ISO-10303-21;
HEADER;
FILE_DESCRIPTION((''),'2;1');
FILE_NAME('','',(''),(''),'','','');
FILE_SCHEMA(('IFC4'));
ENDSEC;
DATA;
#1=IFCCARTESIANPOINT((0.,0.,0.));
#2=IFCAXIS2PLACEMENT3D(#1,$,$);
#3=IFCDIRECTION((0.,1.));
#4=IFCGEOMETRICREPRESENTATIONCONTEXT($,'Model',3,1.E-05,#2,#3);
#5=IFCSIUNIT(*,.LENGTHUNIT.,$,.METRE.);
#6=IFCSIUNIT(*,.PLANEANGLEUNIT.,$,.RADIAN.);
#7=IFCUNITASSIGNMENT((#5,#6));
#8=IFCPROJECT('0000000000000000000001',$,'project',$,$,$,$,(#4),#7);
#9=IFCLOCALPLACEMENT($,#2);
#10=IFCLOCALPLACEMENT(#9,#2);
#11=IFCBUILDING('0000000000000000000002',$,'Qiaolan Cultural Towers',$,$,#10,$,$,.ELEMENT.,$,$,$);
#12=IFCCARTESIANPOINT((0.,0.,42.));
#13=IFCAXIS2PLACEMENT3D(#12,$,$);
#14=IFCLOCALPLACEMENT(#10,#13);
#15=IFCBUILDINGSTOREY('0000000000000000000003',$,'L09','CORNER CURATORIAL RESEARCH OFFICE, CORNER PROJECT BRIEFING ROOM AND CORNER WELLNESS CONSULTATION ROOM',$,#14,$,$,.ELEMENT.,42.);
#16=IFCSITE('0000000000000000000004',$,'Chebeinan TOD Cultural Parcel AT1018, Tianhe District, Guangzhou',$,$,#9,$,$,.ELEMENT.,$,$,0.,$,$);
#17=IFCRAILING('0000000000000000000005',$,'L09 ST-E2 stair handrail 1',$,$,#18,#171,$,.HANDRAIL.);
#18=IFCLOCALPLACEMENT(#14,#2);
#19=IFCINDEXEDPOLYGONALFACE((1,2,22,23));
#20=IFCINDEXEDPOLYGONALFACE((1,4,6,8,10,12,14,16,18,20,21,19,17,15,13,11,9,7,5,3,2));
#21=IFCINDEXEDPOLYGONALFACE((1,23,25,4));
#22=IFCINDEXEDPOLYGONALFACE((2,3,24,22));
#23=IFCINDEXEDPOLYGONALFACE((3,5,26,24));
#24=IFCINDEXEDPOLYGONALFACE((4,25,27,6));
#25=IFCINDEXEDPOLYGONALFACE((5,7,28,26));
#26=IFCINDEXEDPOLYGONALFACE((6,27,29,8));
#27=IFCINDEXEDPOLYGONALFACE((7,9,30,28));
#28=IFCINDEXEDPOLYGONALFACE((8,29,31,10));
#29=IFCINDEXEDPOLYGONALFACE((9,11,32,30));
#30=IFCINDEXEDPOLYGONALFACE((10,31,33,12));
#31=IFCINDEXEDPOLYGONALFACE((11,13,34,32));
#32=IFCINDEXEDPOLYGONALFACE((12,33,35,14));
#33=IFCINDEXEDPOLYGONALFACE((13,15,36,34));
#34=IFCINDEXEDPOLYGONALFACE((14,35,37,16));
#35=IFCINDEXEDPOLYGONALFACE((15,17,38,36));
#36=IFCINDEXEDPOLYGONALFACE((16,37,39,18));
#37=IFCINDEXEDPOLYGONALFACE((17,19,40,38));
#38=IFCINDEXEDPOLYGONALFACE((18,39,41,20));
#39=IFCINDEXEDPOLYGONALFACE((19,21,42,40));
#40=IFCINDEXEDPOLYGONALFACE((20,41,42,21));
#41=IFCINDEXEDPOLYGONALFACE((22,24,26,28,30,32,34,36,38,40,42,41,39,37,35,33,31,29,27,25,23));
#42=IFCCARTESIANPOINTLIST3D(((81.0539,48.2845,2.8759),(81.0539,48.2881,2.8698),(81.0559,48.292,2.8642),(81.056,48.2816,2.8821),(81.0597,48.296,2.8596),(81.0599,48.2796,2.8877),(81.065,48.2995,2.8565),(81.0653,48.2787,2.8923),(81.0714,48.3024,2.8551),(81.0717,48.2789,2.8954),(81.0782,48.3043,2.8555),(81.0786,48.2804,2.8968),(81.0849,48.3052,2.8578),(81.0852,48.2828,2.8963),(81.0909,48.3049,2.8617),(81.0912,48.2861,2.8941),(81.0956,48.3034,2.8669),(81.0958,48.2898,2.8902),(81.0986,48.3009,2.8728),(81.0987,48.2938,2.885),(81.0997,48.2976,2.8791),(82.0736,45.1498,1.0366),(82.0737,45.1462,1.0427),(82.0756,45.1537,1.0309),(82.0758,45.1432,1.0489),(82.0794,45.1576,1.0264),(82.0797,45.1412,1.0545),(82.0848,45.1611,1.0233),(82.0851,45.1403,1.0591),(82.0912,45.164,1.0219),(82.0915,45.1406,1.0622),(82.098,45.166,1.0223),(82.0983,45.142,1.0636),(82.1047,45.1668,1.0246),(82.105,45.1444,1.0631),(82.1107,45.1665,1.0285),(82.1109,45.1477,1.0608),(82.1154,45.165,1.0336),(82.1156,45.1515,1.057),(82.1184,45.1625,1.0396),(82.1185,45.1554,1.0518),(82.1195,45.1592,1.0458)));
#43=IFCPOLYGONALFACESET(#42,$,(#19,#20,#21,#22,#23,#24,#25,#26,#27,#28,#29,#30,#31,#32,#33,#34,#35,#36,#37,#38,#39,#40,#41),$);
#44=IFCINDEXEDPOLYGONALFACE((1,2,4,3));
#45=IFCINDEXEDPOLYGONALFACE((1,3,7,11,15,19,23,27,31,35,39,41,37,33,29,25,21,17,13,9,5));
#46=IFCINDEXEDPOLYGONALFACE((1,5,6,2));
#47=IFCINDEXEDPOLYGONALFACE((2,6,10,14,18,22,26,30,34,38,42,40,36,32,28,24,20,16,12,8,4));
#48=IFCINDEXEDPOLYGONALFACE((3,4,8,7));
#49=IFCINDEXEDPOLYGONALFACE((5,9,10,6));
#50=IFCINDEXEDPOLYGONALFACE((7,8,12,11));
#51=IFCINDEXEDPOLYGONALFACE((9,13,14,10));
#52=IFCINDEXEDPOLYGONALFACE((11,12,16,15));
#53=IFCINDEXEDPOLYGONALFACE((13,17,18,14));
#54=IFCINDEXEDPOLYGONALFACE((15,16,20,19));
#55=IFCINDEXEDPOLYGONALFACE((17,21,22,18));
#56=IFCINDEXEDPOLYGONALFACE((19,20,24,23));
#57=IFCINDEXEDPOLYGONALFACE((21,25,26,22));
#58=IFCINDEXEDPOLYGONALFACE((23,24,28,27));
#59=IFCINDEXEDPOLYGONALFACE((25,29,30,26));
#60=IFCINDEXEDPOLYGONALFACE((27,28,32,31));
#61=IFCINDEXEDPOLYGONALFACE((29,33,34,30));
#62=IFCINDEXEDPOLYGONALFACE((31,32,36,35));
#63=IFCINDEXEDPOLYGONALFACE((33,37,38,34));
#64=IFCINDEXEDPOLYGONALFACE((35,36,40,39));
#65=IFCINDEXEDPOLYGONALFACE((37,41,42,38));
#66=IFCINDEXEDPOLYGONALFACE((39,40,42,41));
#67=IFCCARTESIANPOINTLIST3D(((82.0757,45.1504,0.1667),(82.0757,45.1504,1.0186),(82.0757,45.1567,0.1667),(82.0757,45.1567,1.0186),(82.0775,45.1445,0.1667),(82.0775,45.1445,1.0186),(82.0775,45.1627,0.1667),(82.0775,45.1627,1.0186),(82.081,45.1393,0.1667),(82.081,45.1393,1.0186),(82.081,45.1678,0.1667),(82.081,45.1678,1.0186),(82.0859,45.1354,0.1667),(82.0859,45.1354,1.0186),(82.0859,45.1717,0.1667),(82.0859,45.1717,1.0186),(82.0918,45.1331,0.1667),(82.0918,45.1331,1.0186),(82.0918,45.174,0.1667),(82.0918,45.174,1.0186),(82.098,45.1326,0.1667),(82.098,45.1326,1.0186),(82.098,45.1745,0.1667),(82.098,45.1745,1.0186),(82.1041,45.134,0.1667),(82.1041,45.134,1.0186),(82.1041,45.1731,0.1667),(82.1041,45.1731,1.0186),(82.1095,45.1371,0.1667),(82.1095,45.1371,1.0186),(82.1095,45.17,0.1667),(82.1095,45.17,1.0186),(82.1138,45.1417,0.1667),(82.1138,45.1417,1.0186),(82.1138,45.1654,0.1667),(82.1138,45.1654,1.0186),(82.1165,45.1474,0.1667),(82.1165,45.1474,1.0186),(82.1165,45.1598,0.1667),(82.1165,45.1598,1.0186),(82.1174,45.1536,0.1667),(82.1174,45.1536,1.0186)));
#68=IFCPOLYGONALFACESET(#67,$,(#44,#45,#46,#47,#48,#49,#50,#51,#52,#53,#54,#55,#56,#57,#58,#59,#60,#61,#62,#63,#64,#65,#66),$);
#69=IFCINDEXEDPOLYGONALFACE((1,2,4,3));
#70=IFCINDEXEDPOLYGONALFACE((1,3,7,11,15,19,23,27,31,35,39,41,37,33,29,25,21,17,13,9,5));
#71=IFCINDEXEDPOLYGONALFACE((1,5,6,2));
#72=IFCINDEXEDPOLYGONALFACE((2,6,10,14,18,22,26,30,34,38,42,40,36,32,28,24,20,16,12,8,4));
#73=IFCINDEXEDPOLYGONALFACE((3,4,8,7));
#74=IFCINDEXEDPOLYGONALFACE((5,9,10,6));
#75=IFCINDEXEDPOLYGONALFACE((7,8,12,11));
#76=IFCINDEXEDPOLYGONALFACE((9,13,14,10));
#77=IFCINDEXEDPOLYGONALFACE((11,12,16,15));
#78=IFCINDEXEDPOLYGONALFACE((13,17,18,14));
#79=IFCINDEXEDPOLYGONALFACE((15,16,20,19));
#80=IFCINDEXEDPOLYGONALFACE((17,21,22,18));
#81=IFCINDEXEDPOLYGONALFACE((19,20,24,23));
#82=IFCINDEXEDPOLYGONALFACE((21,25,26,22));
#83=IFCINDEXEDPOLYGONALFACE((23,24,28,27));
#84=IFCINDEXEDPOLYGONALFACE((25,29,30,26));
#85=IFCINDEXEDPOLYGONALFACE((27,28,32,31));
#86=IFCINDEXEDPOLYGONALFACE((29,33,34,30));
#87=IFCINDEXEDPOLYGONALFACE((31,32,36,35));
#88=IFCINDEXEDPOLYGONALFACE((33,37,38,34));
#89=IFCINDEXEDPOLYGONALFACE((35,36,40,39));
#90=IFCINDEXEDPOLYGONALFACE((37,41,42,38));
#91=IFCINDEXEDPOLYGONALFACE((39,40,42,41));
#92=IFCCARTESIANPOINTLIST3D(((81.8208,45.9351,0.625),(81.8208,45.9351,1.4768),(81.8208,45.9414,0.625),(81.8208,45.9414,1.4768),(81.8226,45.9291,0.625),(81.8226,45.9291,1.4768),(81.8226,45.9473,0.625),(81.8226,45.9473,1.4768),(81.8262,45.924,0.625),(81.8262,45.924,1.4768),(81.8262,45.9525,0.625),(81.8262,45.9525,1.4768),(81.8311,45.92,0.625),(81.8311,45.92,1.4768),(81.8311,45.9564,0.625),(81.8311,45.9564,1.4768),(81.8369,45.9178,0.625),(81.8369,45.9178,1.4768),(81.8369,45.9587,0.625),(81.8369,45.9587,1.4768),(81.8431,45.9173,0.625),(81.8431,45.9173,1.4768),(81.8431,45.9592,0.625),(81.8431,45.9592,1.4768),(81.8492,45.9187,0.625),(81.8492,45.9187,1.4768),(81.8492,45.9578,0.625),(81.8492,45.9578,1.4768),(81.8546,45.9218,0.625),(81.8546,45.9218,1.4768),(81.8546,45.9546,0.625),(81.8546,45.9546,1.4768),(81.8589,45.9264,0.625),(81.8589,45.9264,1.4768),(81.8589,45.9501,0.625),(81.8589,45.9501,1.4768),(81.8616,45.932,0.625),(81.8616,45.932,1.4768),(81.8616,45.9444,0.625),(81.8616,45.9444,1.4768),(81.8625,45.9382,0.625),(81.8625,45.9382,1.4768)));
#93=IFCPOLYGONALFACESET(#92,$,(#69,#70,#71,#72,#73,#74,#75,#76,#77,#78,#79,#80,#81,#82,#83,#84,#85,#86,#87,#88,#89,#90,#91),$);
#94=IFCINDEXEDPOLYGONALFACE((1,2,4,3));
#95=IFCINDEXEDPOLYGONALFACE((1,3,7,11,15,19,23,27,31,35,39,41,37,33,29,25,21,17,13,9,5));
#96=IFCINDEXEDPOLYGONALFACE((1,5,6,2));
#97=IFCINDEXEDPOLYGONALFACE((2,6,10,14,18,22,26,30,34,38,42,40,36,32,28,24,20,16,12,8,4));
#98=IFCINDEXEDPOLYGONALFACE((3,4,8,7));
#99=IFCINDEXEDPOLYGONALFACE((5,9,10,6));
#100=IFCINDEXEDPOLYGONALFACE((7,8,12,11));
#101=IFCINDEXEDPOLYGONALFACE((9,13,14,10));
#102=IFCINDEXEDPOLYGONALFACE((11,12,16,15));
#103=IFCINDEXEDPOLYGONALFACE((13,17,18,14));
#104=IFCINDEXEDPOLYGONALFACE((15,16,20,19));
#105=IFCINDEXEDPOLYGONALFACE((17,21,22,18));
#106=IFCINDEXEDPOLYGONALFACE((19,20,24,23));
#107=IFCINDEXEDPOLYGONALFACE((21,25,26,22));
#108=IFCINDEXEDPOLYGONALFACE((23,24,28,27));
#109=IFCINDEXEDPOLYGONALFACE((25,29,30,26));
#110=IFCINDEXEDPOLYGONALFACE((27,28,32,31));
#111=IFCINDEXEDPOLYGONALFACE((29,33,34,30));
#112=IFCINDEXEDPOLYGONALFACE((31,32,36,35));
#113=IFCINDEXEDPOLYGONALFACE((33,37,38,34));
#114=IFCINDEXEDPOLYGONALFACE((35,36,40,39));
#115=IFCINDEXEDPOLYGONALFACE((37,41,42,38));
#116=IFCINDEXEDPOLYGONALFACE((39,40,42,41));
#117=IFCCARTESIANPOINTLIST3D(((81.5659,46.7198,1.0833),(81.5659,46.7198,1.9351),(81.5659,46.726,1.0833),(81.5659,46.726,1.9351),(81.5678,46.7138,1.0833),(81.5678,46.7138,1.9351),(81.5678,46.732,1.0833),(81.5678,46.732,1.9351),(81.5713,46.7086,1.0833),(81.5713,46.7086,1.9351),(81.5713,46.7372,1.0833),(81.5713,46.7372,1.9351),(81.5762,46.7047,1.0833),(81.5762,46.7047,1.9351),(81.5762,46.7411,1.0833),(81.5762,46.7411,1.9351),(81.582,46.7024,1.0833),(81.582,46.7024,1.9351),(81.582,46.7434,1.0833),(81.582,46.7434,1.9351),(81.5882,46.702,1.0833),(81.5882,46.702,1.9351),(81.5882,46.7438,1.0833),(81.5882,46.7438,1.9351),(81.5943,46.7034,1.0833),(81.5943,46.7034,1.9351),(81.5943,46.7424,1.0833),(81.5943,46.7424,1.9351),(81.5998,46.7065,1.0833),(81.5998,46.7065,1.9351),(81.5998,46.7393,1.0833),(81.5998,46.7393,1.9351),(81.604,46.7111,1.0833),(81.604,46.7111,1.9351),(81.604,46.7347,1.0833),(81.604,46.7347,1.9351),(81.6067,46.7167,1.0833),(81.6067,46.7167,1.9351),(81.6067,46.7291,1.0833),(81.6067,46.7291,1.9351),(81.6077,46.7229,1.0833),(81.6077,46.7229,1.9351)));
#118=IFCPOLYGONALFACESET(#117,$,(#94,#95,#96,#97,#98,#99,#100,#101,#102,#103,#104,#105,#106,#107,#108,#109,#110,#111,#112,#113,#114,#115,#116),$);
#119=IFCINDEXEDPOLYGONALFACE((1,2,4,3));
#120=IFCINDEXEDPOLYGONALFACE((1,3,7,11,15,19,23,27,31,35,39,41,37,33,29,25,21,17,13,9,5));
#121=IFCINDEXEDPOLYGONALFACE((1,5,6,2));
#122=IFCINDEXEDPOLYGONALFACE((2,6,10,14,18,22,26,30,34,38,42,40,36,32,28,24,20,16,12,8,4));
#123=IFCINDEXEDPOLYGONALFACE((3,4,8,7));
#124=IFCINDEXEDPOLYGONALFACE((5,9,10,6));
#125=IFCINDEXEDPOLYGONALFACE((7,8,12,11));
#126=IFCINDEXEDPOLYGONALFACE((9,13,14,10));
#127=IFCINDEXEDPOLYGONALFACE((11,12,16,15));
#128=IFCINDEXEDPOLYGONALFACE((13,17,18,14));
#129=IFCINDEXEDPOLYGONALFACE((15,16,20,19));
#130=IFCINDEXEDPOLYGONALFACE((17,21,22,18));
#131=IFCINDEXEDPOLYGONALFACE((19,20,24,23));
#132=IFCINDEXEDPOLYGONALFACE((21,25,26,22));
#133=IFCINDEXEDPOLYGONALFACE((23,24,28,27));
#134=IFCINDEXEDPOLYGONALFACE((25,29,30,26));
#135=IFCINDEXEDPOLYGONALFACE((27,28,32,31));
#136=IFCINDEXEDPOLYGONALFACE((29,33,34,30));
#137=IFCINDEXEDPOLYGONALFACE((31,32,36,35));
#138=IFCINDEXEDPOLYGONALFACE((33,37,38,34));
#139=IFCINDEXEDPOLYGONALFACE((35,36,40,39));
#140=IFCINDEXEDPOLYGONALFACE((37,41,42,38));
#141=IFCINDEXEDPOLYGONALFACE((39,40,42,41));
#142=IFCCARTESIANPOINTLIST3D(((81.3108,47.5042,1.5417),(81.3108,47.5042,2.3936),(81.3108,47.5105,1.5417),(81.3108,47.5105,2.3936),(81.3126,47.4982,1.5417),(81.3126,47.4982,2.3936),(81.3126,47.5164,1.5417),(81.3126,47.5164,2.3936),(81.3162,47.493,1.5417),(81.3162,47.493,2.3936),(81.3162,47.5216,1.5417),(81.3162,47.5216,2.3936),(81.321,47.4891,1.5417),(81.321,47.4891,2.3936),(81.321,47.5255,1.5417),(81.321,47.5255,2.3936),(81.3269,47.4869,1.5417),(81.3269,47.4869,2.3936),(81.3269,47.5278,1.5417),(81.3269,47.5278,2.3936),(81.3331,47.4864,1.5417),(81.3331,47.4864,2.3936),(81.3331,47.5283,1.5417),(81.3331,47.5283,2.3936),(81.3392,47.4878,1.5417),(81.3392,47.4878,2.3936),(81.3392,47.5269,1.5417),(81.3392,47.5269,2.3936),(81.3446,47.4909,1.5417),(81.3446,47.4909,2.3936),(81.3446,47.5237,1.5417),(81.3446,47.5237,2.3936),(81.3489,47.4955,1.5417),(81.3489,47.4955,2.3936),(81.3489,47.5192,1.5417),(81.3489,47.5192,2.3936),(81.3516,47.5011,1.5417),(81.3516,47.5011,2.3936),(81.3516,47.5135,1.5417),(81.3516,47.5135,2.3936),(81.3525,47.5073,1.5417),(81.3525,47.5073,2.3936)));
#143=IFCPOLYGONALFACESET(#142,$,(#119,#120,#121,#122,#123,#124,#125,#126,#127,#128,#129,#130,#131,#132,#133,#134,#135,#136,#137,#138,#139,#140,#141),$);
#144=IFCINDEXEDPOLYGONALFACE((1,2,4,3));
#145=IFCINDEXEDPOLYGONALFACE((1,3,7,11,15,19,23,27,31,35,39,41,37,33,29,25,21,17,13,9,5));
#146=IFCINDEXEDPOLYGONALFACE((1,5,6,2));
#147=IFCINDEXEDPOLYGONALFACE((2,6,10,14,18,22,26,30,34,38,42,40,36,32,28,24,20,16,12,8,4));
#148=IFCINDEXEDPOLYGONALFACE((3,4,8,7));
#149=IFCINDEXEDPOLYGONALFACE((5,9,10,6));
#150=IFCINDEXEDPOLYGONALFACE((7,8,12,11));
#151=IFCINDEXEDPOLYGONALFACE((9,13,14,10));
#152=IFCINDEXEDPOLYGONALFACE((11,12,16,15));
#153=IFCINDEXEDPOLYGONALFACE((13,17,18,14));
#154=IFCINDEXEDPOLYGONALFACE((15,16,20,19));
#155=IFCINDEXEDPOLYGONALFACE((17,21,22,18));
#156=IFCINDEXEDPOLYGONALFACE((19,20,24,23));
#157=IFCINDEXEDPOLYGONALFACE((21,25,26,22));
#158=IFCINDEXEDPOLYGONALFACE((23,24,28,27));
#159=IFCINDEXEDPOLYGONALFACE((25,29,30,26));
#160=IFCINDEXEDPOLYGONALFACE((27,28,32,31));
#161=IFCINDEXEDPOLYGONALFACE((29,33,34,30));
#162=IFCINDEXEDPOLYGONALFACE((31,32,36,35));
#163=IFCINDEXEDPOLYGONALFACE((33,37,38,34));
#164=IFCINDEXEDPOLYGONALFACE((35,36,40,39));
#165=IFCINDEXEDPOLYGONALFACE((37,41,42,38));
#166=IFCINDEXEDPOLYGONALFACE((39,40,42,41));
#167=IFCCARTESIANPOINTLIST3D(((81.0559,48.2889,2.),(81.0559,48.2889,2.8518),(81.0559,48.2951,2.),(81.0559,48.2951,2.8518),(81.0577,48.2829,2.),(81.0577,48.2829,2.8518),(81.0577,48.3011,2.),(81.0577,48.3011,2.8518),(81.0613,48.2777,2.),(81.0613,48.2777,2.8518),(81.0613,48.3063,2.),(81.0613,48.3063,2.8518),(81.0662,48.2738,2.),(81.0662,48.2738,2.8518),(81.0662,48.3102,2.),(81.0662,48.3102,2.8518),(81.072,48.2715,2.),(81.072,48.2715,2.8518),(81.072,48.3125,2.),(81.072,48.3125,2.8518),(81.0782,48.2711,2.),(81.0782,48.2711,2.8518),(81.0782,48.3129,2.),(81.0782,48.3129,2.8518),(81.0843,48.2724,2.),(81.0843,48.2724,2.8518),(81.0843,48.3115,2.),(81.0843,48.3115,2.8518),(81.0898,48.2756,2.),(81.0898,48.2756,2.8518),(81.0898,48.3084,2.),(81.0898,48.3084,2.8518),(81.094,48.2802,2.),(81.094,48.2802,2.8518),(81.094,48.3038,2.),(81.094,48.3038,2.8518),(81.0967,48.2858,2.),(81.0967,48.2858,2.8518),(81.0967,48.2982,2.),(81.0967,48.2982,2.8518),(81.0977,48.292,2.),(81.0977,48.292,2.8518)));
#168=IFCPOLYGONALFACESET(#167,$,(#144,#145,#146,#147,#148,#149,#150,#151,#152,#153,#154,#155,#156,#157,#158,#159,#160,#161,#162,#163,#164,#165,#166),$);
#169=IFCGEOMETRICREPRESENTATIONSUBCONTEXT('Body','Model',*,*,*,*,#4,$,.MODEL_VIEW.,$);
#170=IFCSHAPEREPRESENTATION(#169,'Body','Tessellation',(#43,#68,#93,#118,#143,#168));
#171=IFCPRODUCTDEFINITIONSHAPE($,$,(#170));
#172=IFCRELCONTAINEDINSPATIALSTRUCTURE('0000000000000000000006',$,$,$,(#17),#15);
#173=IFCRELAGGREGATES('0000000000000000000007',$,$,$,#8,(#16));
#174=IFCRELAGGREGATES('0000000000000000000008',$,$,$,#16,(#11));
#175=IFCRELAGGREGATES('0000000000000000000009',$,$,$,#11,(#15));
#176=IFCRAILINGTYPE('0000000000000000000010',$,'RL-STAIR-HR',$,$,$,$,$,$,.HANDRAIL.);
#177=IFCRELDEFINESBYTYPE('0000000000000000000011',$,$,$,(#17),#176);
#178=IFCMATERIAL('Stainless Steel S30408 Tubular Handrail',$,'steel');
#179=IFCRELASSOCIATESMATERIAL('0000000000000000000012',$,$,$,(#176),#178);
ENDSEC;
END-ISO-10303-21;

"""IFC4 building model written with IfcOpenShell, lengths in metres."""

from ifc_helpers import new_model, si_unit, direction, frame, origin, origin_2d, place, context, subcontext, project, spatial, circle, extrude, material, type_object, element, save


model = new_model("IFC4")

# Units and contexts
model_context = context("Model", 3, precision=1e-05, world=origin(), true_north=direction((0.0, 1.0)))
body_context = subcontext(model_context, "Body", "Model", "MODEL_VIEW")
ifc_project = project(units=[si_unit("LENGTHUNIT", "METRE"), si_unit("PLANEANGLEUNIT", "RADIAN")], contexts=[model_context])

# Site, building, storey
site_placement = place(None, origin())
site = spatial("IfcSite", under=ifc_project, at=site_placement, Name="Chebeinan TOD Cultural Parcel AT1018, Tianhe District, Guangzhou", CompositionType="ELEMENT", RefElevation=0.0)
building_placement = place(site_placement, origin())
building = spatial("IfcBuilding", under=site, at=building_placement, Name="Qiaolan Cultural Towers", CompositionType="ELEMENT")
storey_placement = place(building_placement, frame((0.0, 0.0, 42.0)))
storey = spatial("IfcBuildingStorey", under=building, at=storey_placement, Name="L09", Description="CORNER CURATORIAL RESEARCH OFFICE, CORNER PROJECT BRIEFING ROOM AND CORNER WELLNESS CONSULTATION ROOM", CompositionType="ELEMENT", Elevation=42.0)

# Railing
ifc_material_1 = material(Name="Stainless Steel S30408 Tubular Handrail", Category="steel")
railing_type_1 = type_object("IfcRailingType", Name="RL-STAIR-HR", PredefinedType="HANDRAIL", material=ifc_material_1)
railing_1_placement = place(storey_placement, frame((82.0964, 45.1536, 0.1667)))
element("IfcRailing", 1, at=railing_1_placement, inside=storey, type_object=railing_type_1, Name="L09 ST-E2 stair handrail 1", PredefinedType="HANDRAIL", context=body_context, shape_type="SweptSolid", body=[
    extrude(circle(Radius=0.0239, at=origin_2d()), frame((0.0, 0.0, 0.876), z_axis=(-0.270141, 0.831376, 0.485632), x_axis=(-0.951053, -0.309028, 0.0)), (0.0, 0.0, 1.0), 3.7749),
    extrude(circle(Radius=0.021, at=origin_2d()), origin(), (0.0, 0.0, 1.0), 0.8518),
    extrude(circle(Radius=0.021, at=origin_2d()), frame((-0.2549, 0.7847, 0.4583)), (0.0, 0.0, 1.0), 0.8518),
    extrude(circle(Radius=0.021, at=origin_2d()), frame((-0.5098, 1.5693, 0.9165)), (0.0, 0.0, 1.0), 0.8518),
    extrude(circle(Radius=0.021, at=origin_2d()), frame((-0.7649, 2.3538, 1.375)), (0.0, 0.0, 1.0), 0.8518),
    extrude(circle(Radius=0.021, at=origin_2d()), frame((-1.0198, 3.1384, 1.8333)), (0.0, 0.0, 1.0), 0.8518),
])

save(model, "model.ifc")
